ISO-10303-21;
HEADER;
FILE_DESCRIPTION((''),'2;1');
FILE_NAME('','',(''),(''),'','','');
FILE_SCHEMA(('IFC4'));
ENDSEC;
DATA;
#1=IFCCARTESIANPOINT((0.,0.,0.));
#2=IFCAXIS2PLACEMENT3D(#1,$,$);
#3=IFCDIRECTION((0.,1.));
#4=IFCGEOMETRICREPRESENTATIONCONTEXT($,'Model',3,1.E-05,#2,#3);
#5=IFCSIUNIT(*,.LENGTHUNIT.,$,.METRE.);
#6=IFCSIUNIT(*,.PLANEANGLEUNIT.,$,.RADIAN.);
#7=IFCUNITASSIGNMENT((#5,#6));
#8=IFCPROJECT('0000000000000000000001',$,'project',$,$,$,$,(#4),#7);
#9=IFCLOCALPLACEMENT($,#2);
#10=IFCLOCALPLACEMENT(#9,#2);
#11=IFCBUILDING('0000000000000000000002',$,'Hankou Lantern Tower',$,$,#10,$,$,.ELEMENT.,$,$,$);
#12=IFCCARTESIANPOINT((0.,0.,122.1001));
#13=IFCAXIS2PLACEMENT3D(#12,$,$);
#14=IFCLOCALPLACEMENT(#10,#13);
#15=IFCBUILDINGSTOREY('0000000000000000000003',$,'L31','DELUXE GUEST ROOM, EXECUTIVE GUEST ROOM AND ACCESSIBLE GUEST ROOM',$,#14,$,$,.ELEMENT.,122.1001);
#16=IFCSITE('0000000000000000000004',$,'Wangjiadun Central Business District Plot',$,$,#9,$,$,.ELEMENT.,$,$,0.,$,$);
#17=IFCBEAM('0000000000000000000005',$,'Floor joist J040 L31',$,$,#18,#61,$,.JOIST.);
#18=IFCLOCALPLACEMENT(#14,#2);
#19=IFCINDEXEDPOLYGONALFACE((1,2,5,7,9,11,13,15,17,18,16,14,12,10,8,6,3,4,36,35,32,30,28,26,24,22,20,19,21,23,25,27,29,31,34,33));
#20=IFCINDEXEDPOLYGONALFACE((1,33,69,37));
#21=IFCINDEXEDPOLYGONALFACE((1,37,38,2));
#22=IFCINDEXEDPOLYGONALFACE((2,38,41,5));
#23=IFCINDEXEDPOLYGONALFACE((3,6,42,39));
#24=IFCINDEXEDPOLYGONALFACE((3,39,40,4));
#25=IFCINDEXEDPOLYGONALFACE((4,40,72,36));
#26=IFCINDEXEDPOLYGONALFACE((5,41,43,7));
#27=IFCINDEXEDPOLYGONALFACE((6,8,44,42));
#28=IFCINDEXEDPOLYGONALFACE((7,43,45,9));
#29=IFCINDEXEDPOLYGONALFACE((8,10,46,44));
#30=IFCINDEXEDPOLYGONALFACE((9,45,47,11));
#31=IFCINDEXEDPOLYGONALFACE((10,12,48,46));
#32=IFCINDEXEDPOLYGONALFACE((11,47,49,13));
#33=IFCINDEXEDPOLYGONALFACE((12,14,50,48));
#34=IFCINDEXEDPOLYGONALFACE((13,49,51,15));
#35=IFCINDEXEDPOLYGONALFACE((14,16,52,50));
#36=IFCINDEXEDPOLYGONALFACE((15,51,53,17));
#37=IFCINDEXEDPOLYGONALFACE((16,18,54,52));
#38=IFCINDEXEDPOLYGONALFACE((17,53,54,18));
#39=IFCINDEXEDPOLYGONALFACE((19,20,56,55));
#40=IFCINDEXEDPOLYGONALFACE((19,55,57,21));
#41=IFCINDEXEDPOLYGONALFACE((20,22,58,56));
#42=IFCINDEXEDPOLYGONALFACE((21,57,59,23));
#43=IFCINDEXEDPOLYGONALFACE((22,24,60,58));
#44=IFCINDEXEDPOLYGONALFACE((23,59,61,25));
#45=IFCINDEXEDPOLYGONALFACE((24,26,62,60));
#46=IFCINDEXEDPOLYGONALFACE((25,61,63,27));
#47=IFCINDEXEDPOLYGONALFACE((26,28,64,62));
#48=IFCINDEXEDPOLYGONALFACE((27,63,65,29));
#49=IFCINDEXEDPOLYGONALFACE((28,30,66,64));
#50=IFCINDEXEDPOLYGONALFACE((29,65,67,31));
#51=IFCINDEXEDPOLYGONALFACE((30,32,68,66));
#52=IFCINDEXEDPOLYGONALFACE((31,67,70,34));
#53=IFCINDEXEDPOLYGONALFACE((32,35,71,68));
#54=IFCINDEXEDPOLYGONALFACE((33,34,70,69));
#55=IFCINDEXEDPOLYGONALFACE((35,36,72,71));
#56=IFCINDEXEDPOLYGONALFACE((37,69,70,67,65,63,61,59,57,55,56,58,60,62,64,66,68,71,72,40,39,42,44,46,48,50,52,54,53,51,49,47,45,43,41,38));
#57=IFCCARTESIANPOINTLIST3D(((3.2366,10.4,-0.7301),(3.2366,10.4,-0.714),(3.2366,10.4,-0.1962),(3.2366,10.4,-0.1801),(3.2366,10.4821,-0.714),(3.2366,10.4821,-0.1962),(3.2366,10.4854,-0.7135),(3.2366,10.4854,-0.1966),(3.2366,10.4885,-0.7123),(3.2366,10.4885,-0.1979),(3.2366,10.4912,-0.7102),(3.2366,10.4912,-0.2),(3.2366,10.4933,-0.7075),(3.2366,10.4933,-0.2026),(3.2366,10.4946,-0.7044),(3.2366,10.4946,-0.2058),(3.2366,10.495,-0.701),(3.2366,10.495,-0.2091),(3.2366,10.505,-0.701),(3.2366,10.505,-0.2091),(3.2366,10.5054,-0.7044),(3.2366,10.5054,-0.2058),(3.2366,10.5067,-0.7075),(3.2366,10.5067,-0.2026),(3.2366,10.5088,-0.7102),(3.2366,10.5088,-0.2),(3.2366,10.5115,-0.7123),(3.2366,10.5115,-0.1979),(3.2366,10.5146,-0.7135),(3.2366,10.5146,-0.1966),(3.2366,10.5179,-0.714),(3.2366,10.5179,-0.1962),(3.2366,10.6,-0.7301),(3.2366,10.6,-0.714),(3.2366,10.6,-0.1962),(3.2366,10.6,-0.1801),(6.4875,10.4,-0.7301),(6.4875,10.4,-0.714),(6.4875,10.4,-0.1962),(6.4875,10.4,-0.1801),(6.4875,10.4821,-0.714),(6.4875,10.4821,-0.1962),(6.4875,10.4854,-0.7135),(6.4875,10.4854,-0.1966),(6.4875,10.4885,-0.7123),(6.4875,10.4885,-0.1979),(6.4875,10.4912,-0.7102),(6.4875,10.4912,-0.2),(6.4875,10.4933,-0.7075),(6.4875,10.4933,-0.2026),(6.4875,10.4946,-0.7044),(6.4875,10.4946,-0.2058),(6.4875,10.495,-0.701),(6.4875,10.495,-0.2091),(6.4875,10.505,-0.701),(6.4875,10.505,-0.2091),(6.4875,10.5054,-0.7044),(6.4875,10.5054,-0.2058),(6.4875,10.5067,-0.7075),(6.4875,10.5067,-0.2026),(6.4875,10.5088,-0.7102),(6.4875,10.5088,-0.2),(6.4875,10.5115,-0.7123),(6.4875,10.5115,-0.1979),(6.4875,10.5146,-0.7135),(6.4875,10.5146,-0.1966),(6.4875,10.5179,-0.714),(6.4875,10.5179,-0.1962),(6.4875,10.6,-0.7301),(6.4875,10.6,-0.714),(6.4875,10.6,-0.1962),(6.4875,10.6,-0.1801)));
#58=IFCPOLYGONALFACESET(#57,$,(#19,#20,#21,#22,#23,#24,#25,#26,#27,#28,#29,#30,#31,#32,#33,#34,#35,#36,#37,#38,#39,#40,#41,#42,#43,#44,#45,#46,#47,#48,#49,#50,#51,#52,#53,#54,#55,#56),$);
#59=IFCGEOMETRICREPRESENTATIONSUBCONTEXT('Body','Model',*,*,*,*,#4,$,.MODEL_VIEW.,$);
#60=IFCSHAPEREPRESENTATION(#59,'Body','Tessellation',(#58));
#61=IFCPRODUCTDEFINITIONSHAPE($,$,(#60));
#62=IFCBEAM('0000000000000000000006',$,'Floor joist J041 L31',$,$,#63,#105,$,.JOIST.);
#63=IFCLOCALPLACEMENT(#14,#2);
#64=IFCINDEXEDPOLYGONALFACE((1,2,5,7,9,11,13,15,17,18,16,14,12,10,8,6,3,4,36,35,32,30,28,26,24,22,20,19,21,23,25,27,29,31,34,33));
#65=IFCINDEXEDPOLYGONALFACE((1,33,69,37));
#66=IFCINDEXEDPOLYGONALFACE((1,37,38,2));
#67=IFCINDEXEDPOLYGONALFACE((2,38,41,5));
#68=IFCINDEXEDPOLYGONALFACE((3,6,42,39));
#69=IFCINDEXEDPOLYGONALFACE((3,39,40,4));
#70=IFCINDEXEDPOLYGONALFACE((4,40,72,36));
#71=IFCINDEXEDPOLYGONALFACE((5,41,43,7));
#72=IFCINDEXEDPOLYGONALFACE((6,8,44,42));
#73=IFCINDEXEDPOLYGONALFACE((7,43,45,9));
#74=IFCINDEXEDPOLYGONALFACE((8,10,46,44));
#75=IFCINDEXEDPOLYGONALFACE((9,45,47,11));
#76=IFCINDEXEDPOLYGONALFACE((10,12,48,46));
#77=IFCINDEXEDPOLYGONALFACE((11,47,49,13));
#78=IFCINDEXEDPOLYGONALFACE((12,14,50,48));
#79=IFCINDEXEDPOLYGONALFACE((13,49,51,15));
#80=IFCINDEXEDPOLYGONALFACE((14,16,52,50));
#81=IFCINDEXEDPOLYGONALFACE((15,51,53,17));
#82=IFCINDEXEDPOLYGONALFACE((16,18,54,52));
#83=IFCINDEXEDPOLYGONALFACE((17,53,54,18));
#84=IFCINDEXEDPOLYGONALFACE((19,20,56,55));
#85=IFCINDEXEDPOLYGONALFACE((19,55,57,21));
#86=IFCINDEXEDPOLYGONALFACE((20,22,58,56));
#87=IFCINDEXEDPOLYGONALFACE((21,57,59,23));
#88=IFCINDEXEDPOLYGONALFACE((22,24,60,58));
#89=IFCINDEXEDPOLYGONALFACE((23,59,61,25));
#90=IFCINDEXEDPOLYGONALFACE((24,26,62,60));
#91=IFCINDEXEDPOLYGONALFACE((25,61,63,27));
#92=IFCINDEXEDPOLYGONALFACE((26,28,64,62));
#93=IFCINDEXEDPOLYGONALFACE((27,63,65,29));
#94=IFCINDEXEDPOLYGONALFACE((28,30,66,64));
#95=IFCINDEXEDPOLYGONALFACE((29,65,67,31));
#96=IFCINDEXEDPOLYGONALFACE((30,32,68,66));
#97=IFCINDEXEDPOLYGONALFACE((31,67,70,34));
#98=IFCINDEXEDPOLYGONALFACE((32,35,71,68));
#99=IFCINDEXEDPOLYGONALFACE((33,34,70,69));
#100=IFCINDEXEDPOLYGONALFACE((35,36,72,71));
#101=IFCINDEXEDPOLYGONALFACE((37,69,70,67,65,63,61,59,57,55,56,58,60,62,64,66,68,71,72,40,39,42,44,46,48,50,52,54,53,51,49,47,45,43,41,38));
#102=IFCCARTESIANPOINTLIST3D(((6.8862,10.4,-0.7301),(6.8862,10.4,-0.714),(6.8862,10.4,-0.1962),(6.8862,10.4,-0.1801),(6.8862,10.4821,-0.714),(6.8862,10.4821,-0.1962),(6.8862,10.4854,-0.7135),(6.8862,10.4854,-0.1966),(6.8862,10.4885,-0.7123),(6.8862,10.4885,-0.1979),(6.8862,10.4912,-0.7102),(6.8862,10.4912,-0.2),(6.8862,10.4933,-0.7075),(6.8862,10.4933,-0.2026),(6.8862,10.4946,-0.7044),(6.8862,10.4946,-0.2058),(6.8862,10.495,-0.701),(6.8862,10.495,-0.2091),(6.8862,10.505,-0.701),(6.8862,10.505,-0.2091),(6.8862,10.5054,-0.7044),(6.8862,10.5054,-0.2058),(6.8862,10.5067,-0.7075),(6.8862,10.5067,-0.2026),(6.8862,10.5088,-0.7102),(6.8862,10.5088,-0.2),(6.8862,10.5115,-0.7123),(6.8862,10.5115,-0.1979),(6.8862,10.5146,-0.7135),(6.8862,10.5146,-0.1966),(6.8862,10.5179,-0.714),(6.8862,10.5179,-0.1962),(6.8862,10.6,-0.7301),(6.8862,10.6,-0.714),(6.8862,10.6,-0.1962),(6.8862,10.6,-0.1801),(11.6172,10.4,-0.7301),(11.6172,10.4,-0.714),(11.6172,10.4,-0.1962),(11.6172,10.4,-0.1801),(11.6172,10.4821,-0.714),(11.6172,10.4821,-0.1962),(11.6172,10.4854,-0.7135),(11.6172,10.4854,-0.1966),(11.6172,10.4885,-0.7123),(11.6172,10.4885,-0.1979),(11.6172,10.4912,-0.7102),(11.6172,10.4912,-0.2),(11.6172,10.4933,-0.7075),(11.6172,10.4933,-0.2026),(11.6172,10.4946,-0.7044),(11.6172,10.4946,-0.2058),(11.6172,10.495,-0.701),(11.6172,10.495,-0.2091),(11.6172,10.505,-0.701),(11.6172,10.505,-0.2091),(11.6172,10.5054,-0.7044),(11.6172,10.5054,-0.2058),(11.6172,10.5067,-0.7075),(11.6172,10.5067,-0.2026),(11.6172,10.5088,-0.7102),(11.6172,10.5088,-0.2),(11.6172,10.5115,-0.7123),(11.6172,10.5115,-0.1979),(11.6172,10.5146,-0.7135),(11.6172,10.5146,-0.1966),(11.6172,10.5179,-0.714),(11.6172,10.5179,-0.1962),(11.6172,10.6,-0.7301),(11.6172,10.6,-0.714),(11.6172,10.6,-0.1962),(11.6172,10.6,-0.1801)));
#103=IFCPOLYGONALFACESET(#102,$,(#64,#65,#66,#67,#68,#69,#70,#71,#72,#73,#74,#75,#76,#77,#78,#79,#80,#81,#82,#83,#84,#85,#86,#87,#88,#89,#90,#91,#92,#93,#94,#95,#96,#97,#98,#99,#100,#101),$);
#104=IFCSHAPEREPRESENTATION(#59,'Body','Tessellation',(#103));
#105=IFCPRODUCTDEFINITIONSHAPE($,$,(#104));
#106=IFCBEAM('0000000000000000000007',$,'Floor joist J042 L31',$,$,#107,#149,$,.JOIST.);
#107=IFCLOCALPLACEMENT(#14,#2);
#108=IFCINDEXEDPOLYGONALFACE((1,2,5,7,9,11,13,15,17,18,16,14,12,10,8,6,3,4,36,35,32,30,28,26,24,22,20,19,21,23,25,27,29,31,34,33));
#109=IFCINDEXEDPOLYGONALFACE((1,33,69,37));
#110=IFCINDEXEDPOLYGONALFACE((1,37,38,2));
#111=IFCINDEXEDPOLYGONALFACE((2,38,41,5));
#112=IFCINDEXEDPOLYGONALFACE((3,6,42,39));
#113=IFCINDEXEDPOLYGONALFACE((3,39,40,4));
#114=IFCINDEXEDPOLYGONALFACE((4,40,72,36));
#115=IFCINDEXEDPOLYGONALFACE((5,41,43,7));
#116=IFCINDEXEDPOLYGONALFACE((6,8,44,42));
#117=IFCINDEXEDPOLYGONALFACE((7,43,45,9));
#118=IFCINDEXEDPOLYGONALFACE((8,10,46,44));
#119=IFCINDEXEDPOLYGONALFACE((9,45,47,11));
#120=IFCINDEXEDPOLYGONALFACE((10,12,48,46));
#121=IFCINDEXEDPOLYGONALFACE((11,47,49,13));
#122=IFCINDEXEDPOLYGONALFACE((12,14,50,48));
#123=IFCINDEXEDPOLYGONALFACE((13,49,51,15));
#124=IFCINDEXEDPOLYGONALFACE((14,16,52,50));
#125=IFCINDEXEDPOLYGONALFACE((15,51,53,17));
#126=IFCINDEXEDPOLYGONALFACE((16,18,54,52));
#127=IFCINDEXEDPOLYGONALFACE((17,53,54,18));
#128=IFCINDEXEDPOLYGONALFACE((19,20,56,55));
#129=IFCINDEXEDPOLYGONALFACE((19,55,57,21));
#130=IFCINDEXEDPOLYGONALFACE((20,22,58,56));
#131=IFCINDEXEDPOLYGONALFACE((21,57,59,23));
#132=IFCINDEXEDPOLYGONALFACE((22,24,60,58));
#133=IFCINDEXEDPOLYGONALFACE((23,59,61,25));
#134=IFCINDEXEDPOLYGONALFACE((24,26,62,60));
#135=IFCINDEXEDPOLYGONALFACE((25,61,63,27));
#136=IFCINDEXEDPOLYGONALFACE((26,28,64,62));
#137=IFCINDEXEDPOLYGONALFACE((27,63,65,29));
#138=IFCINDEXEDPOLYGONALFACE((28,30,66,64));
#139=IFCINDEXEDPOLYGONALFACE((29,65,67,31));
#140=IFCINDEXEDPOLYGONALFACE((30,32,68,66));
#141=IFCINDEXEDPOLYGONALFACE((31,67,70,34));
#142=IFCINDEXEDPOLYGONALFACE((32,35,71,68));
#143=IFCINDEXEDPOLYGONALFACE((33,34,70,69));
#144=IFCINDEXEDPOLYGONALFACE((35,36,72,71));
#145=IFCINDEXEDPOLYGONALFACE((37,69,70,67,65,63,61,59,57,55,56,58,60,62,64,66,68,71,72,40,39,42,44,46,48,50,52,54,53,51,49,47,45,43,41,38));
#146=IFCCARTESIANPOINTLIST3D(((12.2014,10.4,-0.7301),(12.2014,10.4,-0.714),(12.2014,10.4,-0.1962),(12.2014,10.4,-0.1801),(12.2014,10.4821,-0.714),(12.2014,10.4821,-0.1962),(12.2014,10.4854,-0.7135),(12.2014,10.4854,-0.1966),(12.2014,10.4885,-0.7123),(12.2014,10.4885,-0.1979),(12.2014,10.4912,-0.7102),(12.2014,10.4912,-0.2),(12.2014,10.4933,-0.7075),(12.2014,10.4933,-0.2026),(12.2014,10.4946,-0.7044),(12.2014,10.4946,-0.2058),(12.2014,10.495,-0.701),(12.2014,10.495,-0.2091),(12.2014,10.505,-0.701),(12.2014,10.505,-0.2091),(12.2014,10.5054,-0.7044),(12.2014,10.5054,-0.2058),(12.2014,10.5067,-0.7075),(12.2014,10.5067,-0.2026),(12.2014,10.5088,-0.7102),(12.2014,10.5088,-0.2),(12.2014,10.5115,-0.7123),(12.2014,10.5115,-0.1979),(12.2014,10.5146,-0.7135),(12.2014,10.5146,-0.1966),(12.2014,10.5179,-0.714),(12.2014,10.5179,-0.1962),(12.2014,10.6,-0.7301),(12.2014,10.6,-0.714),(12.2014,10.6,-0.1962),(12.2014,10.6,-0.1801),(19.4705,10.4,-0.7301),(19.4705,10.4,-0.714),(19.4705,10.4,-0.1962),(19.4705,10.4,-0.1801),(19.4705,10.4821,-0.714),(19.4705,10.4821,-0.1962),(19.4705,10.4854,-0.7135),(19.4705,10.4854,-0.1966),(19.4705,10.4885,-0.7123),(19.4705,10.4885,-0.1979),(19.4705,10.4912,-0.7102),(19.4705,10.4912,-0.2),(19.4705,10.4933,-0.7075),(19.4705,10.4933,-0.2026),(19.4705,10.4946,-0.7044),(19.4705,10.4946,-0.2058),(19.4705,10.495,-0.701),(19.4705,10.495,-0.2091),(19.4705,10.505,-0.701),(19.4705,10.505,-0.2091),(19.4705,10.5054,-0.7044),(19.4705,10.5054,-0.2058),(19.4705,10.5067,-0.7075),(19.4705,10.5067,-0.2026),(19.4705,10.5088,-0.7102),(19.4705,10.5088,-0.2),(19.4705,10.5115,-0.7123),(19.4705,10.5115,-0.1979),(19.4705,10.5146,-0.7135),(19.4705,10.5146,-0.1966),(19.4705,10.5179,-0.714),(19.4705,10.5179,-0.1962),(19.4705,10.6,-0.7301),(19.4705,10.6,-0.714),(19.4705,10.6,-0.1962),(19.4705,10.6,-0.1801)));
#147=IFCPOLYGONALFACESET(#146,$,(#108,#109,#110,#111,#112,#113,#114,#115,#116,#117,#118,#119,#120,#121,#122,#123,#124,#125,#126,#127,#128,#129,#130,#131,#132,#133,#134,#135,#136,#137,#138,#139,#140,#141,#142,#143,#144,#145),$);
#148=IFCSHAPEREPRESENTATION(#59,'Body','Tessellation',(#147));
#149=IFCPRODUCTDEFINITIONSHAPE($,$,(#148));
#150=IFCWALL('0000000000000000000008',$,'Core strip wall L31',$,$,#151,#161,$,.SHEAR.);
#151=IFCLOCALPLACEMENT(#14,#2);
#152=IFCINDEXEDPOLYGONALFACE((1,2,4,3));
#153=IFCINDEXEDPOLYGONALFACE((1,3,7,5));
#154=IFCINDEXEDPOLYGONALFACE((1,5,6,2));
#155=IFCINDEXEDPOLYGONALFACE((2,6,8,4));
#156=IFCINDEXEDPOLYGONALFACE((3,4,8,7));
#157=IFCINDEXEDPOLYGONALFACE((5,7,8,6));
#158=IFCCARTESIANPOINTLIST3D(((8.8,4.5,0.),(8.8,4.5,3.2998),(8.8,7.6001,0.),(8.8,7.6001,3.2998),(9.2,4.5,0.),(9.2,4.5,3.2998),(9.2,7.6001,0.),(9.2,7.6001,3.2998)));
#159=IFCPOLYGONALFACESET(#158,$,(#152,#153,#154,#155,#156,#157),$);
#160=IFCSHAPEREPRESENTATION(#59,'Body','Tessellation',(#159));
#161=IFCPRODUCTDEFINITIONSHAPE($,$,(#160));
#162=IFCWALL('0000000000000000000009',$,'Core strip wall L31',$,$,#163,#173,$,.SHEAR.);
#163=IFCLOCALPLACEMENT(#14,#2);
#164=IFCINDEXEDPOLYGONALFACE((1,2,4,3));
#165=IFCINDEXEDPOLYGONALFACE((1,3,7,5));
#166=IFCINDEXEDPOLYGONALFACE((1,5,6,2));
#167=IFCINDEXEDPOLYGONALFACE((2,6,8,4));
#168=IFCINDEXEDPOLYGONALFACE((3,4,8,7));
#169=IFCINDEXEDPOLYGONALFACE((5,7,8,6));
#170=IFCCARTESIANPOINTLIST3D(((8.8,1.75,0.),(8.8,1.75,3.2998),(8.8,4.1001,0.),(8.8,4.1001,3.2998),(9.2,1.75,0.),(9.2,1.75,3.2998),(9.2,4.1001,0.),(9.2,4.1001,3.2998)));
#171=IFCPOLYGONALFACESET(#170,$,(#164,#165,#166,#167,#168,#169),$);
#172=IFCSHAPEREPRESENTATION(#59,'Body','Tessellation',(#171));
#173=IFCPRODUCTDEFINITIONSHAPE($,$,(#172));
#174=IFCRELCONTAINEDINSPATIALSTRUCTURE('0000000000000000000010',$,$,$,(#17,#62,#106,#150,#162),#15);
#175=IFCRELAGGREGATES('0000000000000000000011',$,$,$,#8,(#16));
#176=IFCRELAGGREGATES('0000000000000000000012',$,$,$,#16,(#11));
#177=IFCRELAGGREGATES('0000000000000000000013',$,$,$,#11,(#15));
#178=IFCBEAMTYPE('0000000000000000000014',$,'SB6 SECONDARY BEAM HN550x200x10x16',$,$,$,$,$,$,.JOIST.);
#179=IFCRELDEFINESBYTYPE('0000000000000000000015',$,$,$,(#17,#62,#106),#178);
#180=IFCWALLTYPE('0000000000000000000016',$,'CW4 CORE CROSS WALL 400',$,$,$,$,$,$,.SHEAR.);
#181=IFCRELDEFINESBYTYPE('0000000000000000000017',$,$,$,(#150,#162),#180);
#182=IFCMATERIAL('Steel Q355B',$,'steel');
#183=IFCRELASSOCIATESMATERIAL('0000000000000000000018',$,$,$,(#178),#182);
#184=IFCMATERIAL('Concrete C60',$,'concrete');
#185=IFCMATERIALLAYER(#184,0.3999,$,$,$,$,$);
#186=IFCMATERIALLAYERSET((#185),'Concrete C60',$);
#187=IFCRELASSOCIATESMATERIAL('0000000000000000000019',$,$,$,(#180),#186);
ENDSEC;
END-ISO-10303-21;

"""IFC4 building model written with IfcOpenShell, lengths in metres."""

from ifc_helpers import new_model, si_unit, direction, frame, frame_2d, origin, origin_2d, place, context, subcontext, project, spatial, rectangle, i_section, extrude, material, layer, layer_set, material_profile, profile_set, type_object, element, save


model = new_model("IFC4")

# Units and contexts
model_context = context("Model", 3, precision=1e-05, world=origin(), true_north=direction((0.0, 1.0)))
body_context = subcontext(model_context, "Body", "Model", "MODEL_VIEW")
ifc_project = project(units=[si_unit("LENGTHUNIT", "METRE"), si_unit("PLANEANGLEUNIT", "RADIAN")], contexts=[model_context])

# Site, building, storey
site_placement = place(None, origin())
site = spatial("IfcSite", under=ifc_project, at=site_placement, Name="Wangjiadun Central Business District Plot", CompositionType="ELEMENT", RefElevation=0.0)
building_placement = place(site_placement, origin())
building = spatial("IfcBuilding", under=site, at=building_placement, Name="Hankou Lantern Tower", CompositionType="ELEMENT")
storey_placement = place(building_placement, frame((0.0, 0.0, 122.1001)))
storey = spatial("IfcBuildingStorey", under=building, at=storey_placement, Name="L31", Description="DELUXE GUEST ROOM, EXECUTIVE GUEST ROOM AND ACCESSIBLE GUEST ROOM", CompositionType="ELEMENT", Elevation=122.1001)

# Beams
ifc_material_1 = material(Name="Steel Q355B", Category="steel")
ifc_material_profile_1 = material_profile(ifc_material_1, i_section(OverallWidth=0.2, OverallDepth=0.55, WebThickness=0.01, FlangeThickness=0.0161, FilletRadius=0.0129, at=origin_2d()), Name="HN550x200x10x16")
ifc_profile_set_1 = profile_set([ifc_material_profile_1], Name="Steel Q355B")
beam_type_1 = type_object("IfcBeamType", Name="SB6 SECONDARY BEAM HN550x200x10x16", PredefinedType="JOIST", material=ifc_profile_set_1)
beam_1_placement = place(storey_placement, frame((3.2366, 10.5, -0.4551), z_axis=(1.0, 0.0, 0.0), x_axis=(0.0, 1.0, 0.0)))
element("IfcBeam", 1, at=beam_1_placement, inside=storey, type_object=beam_type_1, Name="Floor joist J040 L31", PredefinedType="JOIST", context=body_context, shape_type="SweptSolid", body=[
    extrude(i_section(OverallWidth=0.2, OverallDepth=0.55, WebThickness=0.01, FlangeThickness=0.0161, FilletRadius=0.0129, at=origin_2d()), origin(), (0.0, 0.0, 1.0), 3.251),
])
beam_2_placement = place(storey_placement, frame((6.8862, 10.5, -0.4551), z_axis=(1.0, 0.0, 0.0), x_axis=(0.0, 1.0, 0.0)))
element("IfcBeam", 2, at=beam_2_placement, inside=storey, type_object=beam_type_1, Name="Floor joist J041 L31", PredefinedType="JOIST", context=body_context, shape_type="SweptSolid", body=[
    extrude(i_section(OverallWidth=0.2, OverallDepth=0.55, WebThickness=0.01, FlangeThickness=0.0161, FilletRadius=0.0129, at=origin_2d()), origin(), (0.0, 0.0, 1.0), 4.731),
])
beam_3_placement = place(storey_placement, frame((12.2014, 10.5, -0.4551), z_axis=(1.0, 0.0, 0.0), x_axis=(0.0, 1.0, 0.0)))
element("IfcBeam", 3, at=beam_3_placement, inside=storey, type_object=beam_type_1, Name="Floor joist J042 L31", PredefinedType="JOIST", context=body_context, shape_type="SweptSolid", body=[
    extrude(i_section(OverallWidth=0.2, OverallDepth=0.55, WebThickness=0.01, FlangeThickness=0.0161, FilletRadius=0.0129, at=origin_2d()), origin(), (0.0, 0.0, 1.0), 7.269),
])

# Walls
ifc_material_2 = material(Name="Concrete C60", Category="concrete")
ifc_layer_1 = layer(ifc_material_2, 0.3999)
ifc_layer_set_1 = layer_set([ifc_layer_1], Name="Concrete C60")
wall_type_1 = type_object("IfcWallType", Name="CW4 CORE CROSS WALL 400", PredefinedType="SHEAR", material=ifc_layer_set_1)
wall_1_placement = place(storey_placement, frame((9.0, 4.5, 0.0), z_axis=(0.0, 0.0, 1.0), x_axis=(0.0, 1.0, 0.0)))
element("IfcWall", 4, at=wall_1_placement, inside=storey, type_object=wall_type_1, Name="Core strip wall L31", PredefinedType="SHEAR", context=body_context, shape_type="SweptSolid", body=[
    extrude(rectangle(XDim=3.1001, YDim=0.3999, at=frame_2d((1.55, 0.0))), origin(), (0.0, 0.0, 1.0), 3.2998),
])
wall_2_placement = place(storey_placement, frame((9.0, 1.75, 0.0), z_axis=(0.0, 0.0, 1.0), x_axis=(0.0, 1.0, 0.0)))
element("IfcWall", 5, at=wall_2_placement, inside=storey, type_object=wall_type_1, Name="Core strip wall L31", PredefinedType="SHEAR", context=body_context, shape_type="SweptSolid", body=[
    extrude(rectangle(XDim=2.3501, YDim=0.3999, at=frame_2d((1.175, 0.0))), origin(), (0.0, 0.0, 1.0), 3.2998),
])

save(model, "model.ifc")
